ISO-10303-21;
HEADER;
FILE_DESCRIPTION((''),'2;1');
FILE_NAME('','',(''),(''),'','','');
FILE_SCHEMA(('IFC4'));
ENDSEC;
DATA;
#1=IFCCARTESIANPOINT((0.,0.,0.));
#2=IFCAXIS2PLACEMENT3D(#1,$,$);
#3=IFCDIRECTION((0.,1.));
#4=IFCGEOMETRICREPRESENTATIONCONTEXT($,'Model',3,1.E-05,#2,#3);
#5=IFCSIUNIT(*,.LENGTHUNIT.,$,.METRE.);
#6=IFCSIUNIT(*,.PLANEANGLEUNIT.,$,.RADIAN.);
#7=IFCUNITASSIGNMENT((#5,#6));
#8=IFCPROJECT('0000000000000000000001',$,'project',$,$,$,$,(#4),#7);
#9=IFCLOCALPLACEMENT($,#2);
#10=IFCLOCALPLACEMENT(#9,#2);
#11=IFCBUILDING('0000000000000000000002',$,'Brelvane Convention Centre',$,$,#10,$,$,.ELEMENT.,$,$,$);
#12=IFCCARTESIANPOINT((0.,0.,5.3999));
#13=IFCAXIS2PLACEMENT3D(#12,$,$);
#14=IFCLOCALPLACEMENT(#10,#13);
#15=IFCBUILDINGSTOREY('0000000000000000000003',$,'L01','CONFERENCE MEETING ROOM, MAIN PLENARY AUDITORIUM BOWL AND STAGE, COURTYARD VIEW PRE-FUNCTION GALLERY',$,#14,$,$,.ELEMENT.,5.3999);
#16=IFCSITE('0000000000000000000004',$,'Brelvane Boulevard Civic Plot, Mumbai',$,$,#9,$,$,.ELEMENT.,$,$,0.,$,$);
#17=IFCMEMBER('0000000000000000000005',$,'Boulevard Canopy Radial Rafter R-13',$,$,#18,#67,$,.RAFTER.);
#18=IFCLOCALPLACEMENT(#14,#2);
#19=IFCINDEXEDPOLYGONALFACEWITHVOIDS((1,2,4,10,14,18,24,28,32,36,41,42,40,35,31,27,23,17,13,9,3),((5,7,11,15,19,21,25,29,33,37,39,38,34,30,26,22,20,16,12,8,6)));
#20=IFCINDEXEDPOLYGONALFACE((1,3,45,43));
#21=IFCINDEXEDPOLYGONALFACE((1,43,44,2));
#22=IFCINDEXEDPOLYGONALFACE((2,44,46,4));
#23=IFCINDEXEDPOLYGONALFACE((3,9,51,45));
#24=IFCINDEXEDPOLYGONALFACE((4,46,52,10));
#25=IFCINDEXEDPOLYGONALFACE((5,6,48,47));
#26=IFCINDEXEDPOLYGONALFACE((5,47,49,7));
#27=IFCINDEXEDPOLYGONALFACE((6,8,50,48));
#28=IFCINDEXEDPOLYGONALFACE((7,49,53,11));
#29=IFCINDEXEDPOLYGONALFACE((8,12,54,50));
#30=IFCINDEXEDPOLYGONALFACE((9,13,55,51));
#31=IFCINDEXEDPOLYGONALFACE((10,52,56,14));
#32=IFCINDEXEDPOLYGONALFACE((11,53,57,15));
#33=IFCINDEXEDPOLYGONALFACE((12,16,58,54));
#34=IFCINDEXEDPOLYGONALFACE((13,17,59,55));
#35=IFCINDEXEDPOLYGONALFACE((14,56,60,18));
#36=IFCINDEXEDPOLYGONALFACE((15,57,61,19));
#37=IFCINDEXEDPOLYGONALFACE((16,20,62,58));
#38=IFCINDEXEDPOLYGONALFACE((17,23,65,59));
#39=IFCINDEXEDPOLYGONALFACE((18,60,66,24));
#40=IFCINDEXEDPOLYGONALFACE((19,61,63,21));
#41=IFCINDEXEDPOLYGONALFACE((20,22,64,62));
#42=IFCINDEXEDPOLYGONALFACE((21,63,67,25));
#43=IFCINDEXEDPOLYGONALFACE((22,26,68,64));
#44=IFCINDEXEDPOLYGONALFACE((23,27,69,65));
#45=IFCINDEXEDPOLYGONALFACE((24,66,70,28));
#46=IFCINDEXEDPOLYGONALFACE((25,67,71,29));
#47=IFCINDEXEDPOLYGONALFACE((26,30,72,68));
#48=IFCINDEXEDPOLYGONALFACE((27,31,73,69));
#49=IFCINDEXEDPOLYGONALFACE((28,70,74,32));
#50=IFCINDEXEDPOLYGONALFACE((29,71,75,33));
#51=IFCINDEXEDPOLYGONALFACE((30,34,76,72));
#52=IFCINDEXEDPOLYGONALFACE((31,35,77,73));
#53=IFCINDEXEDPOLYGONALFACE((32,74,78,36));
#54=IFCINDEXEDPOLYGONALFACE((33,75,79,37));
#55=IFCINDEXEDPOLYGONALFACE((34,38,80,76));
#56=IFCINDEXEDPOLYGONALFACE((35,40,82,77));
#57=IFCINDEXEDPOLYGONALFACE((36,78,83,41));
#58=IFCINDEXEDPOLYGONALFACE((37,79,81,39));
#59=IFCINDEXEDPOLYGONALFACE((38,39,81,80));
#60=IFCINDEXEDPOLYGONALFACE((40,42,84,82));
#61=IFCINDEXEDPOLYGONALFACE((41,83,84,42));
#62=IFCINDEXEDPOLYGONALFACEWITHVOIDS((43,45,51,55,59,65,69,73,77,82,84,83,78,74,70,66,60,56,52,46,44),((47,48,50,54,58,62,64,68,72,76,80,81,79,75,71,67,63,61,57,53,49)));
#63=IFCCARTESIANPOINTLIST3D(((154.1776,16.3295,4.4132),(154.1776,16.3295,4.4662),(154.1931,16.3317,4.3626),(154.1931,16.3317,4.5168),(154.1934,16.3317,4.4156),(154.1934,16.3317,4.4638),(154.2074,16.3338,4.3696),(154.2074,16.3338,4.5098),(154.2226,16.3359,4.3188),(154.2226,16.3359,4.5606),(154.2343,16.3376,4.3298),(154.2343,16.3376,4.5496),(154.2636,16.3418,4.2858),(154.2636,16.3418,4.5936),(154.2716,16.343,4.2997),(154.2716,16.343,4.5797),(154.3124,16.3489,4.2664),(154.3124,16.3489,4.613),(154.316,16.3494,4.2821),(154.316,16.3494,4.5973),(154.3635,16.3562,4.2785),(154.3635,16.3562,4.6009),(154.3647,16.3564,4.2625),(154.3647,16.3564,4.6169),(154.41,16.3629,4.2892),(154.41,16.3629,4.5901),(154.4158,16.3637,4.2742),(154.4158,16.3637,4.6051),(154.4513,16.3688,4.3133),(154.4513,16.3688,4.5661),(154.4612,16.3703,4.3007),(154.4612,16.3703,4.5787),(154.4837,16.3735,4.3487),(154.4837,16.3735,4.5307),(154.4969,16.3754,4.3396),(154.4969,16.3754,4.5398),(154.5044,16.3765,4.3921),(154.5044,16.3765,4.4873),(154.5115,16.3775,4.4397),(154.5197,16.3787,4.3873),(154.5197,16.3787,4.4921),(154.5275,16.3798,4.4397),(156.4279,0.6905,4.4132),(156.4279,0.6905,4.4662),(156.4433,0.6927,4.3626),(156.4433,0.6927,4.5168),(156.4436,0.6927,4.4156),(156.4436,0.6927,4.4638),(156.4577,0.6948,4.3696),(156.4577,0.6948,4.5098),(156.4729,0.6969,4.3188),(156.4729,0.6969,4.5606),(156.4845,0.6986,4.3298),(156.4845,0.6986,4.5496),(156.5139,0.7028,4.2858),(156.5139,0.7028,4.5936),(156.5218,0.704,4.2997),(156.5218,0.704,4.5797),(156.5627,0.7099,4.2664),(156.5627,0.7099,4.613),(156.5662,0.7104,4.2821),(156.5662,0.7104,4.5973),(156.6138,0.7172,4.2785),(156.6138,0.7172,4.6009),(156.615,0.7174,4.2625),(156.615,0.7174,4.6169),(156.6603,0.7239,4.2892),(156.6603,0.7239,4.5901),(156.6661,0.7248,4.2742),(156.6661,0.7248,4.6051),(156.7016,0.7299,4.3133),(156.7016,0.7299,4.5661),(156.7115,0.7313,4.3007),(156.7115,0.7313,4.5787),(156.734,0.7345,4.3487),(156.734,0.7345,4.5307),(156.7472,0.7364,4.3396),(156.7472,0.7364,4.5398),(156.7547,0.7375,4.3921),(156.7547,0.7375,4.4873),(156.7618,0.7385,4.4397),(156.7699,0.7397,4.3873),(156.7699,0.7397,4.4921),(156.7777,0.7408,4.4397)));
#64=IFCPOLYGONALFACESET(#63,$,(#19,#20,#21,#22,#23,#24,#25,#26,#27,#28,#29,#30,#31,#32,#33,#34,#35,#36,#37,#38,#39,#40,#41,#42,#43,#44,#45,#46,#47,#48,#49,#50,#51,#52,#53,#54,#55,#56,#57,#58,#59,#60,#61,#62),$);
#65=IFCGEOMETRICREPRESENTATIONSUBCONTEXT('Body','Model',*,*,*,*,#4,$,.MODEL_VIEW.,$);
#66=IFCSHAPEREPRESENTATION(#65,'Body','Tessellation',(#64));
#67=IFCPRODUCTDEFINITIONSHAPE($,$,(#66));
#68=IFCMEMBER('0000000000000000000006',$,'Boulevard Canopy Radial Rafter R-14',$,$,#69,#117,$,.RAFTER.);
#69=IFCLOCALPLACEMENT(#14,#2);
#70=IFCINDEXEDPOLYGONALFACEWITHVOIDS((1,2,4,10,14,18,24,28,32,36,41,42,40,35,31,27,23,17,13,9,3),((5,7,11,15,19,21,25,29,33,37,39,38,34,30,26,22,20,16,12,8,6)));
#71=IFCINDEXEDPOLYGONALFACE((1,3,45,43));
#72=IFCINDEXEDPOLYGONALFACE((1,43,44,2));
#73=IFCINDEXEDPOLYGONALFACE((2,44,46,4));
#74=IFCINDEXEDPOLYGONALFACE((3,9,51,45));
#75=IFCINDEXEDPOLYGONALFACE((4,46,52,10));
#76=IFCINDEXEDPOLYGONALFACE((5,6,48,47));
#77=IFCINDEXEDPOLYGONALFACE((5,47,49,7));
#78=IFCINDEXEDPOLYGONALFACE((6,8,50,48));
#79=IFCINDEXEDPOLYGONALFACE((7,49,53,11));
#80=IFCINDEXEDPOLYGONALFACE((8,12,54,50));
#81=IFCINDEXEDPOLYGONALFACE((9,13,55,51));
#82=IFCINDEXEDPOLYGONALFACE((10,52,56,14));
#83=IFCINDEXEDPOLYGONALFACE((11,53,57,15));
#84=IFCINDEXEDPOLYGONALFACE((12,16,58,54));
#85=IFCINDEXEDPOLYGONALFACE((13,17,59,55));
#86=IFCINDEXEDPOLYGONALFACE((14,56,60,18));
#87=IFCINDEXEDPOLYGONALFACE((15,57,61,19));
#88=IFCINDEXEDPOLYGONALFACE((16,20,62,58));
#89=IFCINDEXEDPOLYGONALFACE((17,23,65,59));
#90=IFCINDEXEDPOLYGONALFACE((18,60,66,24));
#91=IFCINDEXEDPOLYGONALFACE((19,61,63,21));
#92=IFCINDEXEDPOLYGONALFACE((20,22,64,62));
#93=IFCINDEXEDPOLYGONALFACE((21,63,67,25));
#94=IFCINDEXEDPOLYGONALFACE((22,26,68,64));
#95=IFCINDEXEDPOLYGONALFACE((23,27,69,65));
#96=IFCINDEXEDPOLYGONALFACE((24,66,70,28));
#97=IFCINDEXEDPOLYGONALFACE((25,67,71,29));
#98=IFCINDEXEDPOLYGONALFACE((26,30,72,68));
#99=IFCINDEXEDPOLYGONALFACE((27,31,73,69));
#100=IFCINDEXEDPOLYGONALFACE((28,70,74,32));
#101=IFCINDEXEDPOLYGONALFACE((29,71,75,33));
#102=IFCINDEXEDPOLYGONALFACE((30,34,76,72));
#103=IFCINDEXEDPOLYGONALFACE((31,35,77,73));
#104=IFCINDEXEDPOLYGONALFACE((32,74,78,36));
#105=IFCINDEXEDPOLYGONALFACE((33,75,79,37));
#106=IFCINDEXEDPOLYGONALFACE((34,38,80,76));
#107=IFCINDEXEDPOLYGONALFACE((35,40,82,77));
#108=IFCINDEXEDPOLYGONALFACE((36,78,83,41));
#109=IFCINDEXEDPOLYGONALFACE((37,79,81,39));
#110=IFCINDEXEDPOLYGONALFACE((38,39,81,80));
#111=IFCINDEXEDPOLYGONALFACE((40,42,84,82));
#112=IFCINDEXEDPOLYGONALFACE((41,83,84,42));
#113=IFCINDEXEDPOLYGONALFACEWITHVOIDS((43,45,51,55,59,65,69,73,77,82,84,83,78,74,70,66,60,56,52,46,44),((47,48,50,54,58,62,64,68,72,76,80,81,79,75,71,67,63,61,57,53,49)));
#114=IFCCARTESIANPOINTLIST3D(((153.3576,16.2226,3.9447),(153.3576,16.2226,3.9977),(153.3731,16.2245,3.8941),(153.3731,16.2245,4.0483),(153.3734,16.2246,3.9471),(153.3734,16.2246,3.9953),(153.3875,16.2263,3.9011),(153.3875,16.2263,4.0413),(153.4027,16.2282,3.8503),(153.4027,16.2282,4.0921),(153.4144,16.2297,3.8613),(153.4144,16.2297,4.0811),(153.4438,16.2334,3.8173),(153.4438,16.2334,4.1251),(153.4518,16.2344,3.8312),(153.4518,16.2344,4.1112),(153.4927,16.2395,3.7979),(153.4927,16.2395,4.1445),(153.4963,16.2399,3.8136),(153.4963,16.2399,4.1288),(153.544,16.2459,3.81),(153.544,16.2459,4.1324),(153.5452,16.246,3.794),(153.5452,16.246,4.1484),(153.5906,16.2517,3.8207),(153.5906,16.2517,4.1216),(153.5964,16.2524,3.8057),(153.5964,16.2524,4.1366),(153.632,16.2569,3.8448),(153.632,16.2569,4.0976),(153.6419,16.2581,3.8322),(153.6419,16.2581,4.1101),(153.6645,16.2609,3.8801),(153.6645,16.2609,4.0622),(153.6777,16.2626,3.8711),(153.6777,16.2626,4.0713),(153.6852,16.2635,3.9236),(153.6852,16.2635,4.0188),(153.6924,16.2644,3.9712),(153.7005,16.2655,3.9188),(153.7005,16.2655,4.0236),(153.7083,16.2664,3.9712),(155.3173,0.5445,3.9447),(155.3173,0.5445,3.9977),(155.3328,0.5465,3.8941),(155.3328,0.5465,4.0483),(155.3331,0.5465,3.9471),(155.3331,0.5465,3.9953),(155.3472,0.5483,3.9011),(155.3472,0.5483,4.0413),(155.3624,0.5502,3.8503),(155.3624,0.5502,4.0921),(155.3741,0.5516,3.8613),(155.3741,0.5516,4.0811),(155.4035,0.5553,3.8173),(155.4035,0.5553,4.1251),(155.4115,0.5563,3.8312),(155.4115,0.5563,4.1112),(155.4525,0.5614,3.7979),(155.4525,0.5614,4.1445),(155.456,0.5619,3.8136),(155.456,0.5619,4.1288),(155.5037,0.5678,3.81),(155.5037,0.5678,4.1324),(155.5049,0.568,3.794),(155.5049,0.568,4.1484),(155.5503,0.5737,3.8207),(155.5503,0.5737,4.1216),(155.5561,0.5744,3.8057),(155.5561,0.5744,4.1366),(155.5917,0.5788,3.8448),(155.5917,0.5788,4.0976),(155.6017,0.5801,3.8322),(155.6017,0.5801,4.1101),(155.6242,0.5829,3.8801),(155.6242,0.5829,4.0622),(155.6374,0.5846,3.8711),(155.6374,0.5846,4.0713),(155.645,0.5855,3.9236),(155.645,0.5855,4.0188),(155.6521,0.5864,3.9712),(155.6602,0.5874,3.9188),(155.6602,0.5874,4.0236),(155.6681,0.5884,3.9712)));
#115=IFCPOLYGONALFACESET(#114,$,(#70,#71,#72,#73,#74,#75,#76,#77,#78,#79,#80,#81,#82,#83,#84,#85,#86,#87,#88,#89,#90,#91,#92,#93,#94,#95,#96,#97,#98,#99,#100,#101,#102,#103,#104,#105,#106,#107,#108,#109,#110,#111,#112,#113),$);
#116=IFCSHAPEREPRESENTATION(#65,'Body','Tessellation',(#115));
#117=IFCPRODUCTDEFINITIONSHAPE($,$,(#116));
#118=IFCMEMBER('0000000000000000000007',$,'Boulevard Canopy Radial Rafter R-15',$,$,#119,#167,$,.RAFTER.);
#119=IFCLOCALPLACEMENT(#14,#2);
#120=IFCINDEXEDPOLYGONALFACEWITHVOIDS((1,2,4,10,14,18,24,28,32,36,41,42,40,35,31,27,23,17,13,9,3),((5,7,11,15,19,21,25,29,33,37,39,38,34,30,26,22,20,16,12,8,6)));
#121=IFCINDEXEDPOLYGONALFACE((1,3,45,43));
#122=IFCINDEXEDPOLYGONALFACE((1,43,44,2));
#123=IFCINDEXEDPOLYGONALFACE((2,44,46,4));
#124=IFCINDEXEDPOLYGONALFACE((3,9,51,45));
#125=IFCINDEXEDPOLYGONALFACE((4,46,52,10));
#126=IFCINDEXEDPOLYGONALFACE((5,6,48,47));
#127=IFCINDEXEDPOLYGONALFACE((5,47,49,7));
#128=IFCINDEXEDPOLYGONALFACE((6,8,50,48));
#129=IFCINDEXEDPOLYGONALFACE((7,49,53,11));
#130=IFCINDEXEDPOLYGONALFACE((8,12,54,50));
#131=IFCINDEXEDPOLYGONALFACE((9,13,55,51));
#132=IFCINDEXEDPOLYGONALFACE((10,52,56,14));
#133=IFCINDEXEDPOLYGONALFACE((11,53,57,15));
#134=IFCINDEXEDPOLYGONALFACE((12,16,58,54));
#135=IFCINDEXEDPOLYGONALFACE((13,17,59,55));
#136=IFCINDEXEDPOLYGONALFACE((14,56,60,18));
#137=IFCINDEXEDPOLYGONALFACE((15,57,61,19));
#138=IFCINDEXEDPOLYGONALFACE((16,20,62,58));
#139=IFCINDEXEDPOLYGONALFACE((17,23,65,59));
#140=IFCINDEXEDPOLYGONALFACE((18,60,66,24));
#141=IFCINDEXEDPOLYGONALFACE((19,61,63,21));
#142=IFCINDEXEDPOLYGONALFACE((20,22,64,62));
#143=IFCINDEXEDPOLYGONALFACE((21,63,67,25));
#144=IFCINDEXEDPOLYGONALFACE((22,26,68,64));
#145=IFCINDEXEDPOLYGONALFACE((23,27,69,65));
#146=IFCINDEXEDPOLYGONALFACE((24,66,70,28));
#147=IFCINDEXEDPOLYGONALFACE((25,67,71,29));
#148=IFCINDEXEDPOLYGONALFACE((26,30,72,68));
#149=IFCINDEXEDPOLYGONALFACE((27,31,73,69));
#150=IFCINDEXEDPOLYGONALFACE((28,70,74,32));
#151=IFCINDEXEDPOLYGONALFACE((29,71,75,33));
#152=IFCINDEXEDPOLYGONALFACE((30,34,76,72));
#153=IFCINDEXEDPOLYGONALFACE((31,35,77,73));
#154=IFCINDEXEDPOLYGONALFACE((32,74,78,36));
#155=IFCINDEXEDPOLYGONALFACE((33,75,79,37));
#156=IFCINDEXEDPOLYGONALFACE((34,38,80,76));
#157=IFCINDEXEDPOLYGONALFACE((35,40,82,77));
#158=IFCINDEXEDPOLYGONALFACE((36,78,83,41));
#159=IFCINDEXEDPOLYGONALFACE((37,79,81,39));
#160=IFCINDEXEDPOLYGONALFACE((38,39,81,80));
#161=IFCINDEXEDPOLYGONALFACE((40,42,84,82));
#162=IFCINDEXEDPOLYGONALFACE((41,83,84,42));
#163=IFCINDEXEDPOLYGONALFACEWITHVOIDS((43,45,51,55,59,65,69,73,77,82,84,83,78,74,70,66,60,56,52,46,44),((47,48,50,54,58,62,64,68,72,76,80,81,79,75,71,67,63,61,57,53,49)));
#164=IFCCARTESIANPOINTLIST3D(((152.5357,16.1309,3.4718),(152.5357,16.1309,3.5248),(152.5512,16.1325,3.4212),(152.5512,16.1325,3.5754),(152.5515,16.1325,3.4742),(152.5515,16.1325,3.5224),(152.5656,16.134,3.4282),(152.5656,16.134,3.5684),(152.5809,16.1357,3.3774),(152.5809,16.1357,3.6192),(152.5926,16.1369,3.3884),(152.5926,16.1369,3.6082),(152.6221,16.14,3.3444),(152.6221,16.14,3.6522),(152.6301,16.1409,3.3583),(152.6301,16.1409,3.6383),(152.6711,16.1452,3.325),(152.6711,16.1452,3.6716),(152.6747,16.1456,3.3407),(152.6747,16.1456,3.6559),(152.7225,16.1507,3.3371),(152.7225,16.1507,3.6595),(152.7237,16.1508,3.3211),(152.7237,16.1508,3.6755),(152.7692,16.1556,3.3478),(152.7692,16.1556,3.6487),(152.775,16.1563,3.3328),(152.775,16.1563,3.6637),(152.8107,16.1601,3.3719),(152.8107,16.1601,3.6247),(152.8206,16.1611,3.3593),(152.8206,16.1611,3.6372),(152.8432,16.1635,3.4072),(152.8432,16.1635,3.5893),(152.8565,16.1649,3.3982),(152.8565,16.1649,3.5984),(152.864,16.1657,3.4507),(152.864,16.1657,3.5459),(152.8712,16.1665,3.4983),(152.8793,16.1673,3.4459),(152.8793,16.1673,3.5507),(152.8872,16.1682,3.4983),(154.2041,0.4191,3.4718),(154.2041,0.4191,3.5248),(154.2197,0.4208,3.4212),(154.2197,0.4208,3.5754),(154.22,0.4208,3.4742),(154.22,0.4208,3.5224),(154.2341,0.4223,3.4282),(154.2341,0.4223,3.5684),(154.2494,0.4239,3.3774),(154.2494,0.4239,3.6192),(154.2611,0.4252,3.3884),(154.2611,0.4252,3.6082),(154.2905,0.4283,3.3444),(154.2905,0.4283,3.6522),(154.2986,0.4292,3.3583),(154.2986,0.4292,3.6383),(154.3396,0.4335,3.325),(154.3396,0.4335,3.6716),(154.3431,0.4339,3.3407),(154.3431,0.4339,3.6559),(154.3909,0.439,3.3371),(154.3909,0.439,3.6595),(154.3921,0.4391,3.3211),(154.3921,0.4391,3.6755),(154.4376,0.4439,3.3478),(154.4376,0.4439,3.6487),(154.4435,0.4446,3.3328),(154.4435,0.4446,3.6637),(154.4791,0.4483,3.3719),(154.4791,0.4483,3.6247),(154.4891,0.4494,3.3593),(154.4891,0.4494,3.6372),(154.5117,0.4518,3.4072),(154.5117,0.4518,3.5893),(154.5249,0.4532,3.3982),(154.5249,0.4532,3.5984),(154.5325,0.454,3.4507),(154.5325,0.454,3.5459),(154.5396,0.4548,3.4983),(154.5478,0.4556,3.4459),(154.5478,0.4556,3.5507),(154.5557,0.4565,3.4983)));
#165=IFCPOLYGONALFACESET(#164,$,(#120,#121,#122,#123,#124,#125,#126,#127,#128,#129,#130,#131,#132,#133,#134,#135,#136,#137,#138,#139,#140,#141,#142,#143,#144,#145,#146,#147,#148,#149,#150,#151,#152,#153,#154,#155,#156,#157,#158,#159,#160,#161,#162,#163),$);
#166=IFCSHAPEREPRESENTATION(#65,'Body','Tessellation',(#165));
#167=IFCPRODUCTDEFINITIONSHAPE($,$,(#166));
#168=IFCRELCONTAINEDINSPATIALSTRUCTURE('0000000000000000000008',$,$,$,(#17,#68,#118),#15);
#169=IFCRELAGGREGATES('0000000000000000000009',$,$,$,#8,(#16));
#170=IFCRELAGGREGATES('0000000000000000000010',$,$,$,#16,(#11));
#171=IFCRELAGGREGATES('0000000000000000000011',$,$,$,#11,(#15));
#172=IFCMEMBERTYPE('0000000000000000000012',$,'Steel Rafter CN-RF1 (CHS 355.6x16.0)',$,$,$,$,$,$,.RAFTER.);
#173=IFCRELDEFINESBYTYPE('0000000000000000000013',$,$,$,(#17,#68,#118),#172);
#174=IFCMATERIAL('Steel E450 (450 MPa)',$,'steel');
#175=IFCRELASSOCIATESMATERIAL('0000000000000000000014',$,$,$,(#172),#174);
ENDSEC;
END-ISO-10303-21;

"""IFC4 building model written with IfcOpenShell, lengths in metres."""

from ifc_helpers import new_model, si_unit, direction, frame, origin, origin_2d, place, context, subcontext, project, spatial, hollow_circle, extrude, material, material_profile, profile_set, type_object, element, save


model = new_model("IFC4")

# Units and contexts
model_context = context("Model", 3, precision=1e-05, world=origin(), true_north=direction((0.0, 1.0)))
body_context = subcontext(model_context, "Body", "Model", "MODEL_VIEW")
ifc_project = project(units=[si_unit("LENGTHUNIT", "METRE"), si_unit("PLANEANGLEUNIT", "RADIAN")], contexts=[model_context])

# Site, building, storey
site_placement = place(None, origin())
site = spatial("IfcSite", under=ifc_project, at=site_placement, Name="Brelvane Boulevard Civic Plot, Mumbai", CompositionType="ELEMENT", RefElevation=0.0)
building_placement = place(site_placement, origin())
building = spatial("IfcBuilding", under=site, at=building_placement, Name="Brelvane Convention Centre", CompositionType="ELEMENT")
storey_placement = place(building_placement, frame((0.0, 0.0, 5.3999)))
storey = spatial("IfcBuildingStorey", under=building, at=storey_placement, Name="L01", Description="CONFERENCE MEETING ROOM, MAIN PLENARY AUDITORIUM BOWL AND STAGE, COURTYARD VIEW PRE-FUNCTION GALLERY", CompositionType="ELEMENT", Elevation=5.3999)

# Members
ifc_material_1 = material(Name="Steel E450 (450 MPa)", Category="steel")
ifc_material_profile_1 = material_profile(ifc_material_1, hollow_circle(Radius=0.1777, WallThickness=0.0161, at=origin_2d()), Name="CHS 355.6x16.0")
ifc_profile_set_1 = profile_set([ifc_material_profile_1], Name="Steel E450 (450 MPa)")
member_type_1 = type_object("IfcMemberType", Name="Steel Rafter CN-RF1 (CHS 355.6x16.0)", PredefinedType="RAFTER", material=ifc_profile_set_1)
for number, where, z_axis, x_axis, name in (
    (1, (154.3516, 16.3545, 4.4397), (0.142421, -0.989806, 0.0), (0.989806, 0.142421, 0.0), "Boulevard Canopy Radial Rafter R-13"),
    (2, (153.532, 16.2444, 3.9712), (0.124033, -0.992278, 0.0), (0.992278, 0.124033, 0.0), "Boulevard Canopy Radial Rafter R-14"),
    (3, (152.7104, 16.1494, 3.4983), (0.105598, -0.994409, 0.0), (0.994409, 0.105598, 0.0), "Boulevard Canopy Radial Rafter R-15"),
):
    element("IfcMember", number, at=place(storey_placement, frame(where, z_axis=z_axis, x_axis=x_axis)), inside=storey, type_object=member_type_1, Name=name, PredefinedType="RAFTER", context=body_context, shape_type="SweptSolid", body=[
        extrude(hollow_circle(Radius=0.1777, WallThickness=0.0161, at=origin_2d()), origin(), (0.0, 0.0, 1.0), 15.8),
    ])

save(model, "model.ifc")
